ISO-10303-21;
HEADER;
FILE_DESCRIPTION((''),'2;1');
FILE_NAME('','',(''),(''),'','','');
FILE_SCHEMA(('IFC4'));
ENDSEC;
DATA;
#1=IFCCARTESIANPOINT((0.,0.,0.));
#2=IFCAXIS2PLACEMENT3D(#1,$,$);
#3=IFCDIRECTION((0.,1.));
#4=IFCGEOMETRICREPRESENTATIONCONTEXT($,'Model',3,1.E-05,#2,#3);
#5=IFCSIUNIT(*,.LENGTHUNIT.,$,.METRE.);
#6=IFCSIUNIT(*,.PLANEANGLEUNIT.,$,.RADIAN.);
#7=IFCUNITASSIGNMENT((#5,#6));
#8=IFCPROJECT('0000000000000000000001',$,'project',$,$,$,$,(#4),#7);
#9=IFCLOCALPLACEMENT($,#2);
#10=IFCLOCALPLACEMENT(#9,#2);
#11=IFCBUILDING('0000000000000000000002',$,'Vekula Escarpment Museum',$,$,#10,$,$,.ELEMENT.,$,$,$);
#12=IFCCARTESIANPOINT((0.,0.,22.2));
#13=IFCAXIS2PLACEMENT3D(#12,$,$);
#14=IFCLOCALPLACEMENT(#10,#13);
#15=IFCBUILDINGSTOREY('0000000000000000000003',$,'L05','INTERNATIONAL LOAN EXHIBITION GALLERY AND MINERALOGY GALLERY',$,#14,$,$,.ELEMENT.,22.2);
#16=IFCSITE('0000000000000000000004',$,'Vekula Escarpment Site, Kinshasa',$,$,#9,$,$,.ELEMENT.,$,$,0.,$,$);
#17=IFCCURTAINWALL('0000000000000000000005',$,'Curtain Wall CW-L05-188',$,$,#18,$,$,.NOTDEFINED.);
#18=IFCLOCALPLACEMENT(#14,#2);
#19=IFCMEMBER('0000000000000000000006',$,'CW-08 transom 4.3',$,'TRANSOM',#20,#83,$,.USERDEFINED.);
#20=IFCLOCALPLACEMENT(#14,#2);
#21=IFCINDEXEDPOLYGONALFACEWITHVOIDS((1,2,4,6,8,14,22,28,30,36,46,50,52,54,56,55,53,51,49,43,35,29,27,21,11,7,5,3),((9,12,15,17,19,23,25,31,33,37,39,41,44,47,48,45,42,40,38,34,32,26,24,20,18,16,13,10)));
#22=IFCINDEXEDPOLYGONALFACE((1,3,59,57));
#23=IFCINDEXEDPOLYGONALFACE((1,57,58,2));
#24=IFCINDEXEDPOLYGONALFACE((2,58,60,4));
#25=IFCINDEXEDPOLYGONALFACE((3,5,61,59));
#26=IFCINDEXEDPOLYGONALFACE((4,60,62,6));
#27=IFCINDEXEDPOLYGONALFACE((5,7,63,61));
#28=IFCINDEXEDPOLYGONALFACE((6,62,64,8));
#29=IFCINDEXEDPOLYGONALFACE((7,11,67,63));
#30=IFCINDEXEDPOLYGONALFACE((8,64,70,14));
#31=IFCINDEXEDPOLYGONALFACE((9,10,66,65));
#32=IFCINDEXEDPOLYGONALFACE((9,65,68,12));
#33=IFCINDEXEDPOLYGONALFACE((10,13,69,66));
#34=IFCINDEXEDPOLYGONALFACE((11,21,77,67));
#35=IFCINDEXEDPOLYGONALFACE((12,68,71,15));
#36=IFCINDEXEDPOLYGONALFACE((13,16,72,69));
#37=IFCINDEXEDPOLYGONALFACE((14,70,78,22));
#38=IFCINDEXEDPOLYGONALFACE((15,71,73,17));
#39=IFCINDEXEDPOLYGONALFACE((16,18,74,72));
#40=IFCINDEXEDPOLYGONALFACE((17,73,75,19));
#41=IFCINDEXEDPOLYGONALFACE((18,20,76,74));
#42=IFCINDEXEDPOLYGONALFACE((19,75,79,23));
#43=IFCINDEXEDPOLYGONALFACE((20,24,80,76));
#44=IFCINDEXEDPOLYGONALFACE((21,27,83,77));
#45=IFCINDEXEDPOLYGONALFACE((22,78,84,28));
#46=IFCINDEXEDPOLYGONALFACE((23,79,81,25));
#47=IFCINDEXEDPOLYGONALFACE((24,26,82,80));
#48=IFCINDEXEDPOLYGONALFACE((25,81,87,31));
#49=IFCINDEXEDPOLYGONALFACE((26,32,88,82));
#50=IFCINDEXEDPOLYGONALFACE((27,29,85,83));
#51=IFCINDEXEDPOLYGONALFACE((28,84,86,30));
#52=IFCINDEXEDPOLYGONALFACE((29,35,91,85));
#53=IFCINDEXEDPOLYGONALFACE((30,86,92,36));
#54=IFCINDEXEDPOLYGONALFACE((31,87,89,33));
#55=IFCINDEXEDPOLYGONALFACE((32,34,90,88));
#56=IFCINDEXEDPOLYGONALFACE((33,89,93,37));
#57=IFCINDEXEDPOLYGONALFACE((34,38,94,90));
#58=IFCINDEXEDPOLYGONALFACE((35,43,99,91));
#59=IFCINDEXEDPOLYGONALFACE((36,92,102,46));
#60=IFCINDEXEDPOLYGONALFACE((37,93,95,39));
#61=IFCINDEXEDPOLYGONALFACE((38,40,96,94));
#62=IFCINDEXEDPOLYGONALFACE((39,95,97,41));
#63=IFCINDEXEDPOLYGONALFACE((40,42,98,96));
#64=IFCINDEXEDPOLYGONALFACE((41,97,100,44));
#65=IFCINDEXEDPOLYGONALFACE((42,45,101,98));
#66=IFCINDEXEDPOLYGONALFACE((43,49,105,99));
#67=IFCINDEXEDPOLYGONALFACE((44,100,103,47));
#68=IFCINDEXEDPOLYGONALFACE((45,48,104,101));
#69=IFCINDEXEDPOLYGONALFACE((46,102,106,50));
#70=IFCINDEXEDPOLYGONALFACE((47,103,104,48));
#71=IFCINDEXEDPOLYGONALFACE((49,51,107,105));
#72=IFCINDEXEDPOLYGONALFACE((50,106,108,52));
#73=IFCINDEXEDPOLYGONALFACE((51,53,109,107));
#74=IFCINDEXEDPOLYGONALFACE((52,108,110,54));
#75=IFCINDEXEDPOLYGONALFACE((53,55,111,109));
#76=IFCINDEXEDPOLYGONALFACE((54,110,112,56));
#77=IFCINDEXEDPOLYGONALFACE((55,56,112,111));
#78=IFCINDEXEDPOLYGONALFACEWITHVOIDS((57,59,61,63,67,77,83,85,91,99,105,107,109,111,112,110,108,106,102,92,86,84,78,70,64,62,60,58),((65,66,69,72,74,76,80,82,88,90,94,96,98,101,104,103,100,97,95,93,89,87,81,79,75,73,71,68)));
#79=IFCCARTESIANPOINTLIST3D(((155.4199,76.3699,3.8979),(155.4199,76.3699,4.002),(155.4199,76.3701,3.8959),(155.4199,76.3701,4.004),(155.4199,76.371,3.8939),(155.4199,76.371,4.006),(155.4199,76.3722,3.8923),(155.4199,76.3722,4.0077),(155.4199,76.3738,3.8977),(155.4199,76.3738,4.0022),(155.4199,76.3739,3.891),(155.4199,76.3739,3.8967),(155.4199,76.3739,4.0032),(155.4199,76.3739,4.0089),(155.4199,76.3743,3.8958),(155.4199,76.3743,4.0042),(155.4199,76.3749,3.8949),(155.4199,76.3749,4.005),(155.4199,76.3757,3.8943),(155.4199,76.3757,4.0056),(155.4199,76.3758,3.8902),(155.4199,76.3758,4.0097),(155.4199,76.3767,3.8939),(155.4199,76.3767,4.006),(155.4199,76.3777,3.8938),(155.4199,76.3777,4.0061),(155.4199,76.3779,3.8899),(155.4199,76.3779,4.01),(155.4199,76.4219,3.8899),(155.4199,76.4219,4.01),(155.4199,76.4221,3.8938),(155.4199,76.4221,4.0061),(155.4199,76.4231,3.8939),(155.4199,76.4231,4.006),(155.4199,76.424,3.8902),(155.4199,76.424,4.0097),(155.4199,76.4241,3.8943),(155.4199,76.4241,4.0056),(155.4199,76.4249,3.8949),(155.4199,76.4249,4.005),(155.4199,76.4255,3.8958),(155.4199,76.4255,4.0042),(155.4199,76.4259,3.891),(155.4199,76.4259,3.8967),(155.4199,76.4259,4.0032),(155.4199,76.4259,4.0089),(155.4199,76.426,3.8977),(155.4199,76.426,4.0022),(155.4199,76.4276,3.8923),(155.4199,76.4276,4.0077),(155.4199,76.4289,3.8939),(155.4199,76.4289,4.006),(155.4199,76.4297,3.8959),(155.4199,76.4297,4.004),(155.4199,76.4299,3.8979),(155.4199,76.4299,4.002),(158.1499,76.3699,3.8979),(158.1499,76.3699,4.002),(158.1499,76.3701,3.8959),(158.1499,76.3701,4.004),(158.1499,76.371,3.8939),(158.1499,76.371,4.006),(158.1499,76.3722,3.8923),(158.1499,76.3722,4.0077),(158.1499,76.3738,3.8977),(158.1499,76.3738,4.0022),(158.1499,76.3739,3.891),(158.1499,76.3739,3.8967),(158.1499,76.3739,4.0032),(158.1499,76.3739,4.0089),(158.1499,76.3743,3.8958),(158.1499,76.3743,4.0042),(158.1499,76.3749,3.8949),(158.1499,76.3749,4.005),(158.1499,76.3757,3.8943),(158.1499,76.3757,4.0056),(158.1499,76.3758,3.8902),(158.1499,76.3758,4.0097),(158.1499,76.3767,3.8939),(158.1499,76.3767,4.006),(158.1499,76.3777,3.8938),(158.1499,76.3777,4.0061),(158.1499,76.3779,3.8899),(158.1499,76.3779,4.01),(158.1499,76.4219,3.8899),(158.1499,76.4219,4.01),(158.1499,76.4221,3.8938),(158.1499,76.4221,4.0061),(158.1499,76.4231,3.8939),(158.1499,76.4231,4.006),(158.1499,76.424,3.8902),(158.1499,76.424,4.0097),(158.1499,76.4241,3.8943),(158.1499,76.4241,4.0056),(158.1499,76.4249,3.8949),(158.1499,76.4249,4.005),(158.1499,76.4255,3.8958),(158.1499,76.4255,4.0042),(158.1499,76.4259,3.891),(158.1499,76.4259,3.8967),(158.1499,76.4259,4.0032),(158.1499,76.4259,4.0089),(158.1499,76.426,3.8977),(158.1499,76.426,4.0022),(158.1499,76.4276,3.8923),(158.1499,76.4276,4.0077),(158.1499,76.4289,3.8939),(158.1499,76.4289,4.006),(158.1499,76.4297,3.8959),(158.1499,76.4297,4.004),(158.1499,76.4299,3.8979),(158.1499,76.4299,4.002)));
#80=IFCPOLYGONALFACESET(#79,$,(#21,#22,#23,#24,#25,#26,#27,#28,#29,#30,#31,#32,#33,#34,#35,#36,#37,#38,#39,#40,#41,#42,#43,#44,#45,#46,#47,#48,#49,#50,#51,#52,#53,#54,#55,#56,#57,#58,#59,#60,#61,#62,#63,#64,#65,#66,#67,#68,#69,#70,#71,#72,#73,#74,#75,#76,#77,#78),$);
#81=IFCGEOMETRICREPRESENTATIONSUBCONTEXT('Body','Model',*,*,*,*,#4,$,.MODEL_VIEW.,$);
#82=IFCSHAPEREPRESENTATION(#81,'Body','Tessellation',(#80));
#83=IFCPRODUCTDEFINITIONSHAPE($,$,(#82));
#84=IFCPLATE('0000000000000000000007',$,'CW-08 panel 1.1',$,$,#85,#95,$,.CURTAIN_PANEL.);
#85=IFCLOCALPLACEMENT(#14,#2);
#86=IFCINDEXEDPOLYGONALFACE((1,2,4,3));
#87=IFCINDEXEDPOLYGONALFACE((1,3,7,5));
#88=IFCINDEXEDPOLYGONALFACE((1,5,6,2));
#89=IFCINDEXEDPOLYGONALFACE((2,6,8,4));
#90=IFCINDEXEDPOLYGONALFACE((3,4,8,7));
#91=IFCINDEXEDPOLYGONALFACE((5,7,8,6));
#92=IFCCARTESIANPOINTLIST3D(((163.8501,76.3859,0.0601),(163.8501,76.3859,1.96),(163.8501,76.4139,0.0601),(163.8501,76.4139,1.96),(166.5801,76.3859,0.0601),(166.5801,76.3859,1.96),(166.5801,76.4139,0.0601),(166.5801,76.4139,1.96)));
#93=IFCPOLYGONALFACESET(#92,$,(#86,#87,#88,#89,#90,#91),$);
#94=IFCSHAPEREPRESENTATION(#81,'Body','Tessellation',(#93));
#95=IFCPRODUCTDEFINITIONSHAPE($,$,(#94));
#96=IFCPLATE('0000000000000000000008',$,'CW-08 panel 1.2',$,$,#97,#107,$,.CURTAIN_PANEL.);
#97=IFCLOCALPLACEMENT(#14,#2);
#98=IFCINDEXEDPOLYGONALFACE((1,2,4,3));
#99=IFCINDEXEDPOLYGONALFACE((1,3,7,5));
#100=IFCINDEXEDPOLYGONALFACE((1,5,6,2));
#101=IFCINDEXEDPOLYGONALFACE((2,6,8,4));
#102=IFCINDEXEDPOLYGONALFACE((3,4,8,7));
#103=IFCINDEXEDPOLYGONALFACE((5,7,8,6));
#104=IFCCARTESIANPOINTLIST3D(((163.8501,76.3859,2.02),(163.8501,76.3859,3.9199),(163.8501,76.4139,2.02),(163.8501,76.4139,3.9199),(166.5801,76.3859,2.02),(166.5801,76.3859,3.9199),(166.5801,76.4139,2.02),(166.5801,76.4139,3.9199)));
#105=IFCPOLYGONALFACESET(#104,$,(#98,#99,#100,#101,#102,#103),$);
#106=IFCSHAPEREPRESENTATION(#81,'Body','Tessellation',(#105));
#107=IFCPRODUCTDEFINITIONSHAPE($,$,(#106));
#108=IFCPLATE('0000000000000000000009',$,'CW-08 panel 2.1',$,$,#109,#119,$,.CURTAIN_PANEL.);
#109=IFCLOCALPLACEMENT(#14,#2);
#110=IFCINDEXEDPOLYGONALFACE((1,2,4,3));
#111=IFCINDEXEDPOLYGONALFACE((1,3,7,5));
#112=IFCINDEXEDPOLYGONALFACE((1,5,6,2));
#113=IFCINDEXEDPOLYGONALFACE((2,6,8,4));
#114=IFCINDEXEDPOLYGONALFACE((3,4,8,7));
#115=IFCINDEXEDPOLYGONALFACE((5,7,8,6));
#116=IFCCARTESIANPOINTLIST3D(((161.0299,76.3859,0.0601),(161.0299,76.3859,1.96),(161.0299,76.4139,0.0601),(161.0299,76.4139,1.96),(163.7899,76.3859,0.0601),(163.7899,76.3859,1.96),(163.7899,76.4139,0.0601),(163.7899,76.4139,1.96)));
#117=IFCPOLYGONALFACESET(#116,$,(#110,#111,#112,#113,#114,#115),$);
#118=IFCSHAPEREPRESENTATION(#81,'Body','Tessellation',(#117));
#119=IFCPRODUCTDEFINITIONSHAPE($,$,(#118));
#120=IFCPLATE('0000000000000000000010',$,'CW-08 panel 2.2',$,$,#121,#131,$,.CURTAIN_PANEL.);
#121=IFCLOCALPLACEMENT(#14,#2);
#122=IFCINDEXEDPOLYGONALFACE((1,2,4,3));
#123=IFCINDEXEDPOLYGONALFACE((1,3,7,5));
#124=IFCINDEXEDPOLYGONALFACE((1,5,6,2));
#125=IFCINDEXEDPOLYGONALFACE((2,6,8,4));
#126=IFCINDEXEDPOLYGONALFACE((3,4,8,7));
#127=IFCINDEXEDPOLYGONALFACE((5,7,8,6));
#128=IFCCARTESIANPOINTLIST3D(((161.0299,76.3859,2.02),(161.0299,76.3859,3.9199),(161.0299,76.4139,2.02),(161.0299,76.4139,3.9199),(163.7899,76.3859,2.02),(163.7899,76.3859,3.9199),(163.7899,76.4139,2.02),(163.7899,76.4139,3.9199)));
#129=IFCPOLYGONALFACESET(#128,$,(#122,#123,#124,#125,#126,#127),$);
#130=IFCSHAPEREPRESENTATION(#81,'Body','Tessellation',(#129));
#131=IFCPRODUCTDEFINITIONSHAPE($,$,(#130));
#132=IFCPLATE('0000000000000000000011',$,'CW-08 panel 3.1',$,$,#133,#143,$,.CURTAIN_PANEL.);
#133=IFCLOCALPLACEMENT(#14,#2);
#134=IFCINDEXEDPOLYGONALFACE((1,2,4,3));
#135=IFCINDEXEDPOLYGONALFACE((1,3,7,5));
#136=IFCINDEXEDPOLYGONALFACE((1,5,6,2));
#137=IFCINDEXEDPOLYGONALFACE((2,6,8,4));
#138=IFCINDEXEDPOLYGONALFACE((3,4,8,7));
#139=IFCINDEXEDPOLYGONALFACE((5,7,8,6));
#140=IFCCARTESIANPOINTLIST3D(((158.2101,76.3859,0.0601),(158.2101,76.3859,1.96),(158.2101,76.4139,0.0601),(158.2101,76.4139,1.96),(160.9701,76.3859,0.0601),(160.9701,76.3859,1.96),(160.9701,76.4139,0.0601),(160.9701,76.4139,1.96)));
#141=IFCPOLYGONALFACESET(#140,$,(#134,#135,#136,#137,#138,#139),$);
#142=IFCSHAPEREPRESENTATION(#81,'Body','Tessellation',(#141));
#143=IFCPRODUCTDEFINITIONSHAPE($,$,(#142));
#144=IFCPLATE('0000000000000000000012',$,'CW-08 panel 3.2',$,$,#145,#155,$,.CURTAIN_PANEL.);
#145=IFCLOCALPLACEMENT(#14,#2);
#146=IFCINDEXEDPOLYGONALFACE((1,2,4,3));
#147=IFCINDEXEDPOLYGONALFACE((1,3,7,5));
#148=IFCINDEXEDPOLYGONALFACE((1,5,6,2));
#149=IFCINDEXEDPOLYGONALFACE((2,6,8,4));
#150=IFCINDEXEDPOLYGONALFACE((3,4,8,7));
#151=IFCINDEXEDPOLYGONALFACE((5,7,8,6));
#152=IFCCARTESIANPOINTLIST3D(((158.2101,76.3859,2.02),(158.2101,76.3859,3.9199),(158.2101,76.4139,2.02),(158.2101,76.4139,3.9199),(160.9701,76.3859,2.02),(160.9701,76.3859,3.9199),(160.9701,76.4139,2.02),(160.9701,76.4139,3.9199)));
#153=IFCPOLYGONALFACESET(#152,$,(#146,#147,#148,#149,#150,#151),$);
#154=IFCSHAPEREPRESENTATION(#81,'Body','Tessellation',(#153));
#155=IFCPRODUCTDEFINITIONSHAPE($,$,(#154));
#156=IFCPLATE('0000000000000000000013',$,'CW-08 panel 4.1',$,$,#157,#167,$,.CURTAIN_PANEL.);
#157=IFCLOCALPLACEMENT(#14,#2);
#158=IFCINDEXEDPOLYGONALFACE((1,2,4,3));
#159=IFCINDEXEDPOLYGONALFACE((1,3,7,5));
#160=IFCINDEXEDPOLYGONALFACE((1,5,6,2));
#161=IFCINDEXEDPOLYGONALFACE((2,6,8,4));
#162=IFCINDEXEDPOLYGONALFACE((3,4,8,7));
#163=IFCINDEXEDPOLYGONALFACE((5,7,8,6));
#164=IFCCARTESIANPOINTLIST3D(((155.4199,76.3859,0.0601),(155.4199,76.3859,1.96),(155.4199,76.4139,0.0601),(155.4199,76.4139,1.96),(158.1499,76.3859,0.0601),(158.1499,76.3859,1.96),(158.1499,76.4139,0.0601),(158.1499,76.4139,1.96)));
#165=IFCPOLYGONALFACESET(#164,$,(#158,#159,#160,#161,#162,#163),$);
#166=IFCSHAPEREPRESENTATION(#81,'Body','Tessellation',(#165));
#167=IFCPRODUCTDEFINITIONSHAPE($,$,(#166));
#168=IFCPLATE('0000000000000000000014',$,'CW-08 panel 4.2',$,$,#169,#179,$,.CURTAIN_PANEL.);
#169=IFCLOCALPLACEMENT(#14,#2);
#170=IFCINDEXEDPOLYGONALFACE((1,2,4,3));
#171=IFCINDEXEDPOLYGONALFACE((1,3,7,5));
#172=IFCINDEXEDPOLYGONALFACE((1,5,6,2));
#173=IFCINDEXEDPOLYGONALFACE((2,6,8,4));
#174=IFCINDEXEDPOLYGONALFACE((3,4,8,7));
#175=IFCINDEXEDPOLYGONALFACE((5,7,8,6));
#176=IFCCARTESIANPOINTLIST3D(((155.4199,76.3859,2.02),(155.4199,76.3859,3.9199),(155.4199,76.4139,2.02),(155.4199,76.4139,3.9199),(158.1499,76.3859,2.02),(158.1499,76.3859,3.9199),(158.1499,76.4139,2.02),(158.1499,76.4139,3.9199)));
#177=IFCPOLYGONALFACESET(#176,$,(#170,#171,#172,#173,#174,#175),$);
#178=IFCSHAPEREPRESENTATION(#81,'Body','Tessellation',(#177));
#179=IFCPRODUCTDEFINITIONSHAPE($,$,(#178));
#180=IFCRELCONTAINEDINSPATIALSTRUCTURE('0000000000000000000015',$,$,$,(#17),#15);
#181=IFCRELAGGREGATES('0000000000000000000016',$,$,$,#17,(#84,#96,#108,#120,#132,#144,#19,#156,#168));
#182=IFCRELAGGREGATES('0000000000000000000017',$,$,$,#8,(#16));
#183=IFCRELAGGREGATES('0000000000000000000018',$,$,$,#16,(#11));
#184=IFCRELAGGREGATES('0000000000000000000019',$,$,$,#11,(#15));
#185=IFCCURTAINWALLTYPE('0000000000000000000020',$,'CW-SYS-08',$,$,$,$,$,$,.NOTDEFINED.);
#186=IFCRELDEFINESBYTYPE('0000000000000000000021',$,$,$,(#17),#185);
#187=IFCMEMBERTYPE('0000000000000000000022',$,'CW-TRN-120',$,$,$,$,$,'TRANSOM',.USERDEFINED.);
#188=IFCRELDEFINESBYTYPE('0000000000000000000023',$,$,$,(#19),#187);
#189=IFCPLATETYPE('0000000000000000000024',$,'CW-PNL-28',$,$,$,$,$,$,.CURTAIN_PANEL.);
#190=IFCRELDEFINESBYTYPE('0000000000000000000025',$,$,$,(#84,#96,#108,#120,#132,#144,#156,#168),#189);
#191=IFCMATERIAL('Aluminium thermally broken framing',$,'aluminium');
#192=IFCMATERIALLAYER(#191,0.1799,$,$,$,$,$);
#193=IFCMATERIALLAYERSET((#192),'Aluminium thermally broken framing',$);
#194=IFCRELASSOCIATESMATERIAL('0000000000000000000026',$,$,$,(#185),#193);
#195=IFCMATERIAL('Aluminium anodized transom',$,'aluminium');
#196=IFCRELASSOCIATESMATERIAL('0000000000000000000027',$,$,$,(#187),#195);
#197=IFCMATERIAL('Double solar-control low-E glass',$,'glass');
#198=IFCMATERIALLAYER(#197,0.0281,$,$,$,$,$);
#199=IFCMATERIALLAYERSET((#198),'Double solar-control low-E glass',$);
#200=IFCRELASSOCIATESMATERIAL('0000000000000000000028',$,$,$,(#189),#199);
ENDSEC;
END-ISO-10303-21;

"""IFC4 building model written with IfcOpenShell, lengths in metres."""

from ifc_helpers import new_model, si_unit, direction, frame, origin, origin_2d, place, context, subcontext, project, spatial, rectangle, hollow_rectangle, extrude, material, layer, layer_set, material_profile, profile_set, type_object, element, aggregate, save


model = new_model("IFC4")

# Units and contexts
model_context = context("Model", 3, precision=1e-05, world=origin(), true_north=direction((0.0, 1.0)))
body_context = subcontext(model_context, "Body", "Model", "MODEL_VIEW")
ifc_project = project(units=[si_unit("LENGTHUNIT", "METRE"), si_unit("PLANEANGLEUNIT", "RADIAN")], contexts=[model_context])

# Site, building, storey
site_placement = place(None, origin())
site = spatial("IfcSite", under=ifc_project, at=site_placement, Name="Vekula Escarpment Site, Kinshasa", CompositionType="ELEMENT", RefElevation=0.0)
building_placement = place(site_placement, origin())
building = spatial("IfcBuilding", under=site, at=building_placement, Name="Vekula Escarpment Museum", CompositionType="ELEMENT")
storey_placement = place(building_placement, frame((0.0, 0.0, 22.2)))
storey = spatial("IfcBuildingStorey", under=building, at=storey_placement, Name="L05", Description="INTERNATIONAL LOAN EXHIBITION GALLERY AND MINERALOGY GALLERY", CompositionType="ELEMENT", Elevation=22.2)

# Curtain wall, member, plates
ifc_material_1 = material(Name="Aluminium thermally broken framing", Category="aluminium")
ifc_layer_1 = layer(ifc_material_1, 0.1799)
ifc_layer_set_1 = layer_set([ifc_layer_1], Name="Aluminium thermally broken framing")
curtain_wall_type = type_object("IfcCurtainWallType", Name="CW-SYS-08", PredefinedType="NOTDEFINED", material=ifc_layer_set_1)
curtain_wall_placement = place(storey_placement, origin())
curtain_wall = element("IfcCurtainWall", 1, at=curtain_wall_placement, inside=storey, type_object=curtain_wall_type, Name="Curtain Wall CW-L05-188", PredefinedType="NOTDEFINED")
ifc_material_2 = material(Name="Aluminium anodized transom", Category="aluminium")
ifc_material_profile_1 = material_profile(ifc_material_2, hollow_rectangle(XDim=0.0601, YDim=0.1201, WallThickness=0.0039, InnerFilletRadius=0.0039, OuterFilletRadius=0.0081, at=origin_2d()), Name="ALU 120x60x4")
ifc_profile_set_1 = profile_set([ifc_material_profile_1], Name="Aluminium anodized transom")
member_type_1 = type_object("IfcMemberType", Name="CW-TRN-120", ElementType="TRANSOM", PredefinedType="USERDEFINED", material=ifc_profile_set_1)
member_1_placement = place(storey_placement, frame((158.1499, 76.3999, 3.95), z_axis=(-1.0, 0.0, 0.0), x_axis=(0.0, -1.0, 0.0)))
member_1 = element("IfcMember", 2, at=member_1_placement, type_object=member_type_1, Name="CW-08 transom 4.3", ObjectType="TRANSOM", PredefinedType="USERDEFINED", context=body_context, shape_type="SweptSolid", body=[
    extrude(hollow_rectangle(XDim=0.0601, YDim=0.1201, WallThickness=0.0039, InnerFilletRadius=0.0039, OuterFilletRadius=0.0081, at=origin_2d()), origin(), (0.0, 0.0, 1.0), 2.73),
])
ifc_material_3 = material(Name="Double solar-control low-E glass", Category="glass")
ifc_layer_2 = layer(ifc_material_3, 0.0281)
ifc_layer_set_2 = layer_set([ifc_layer_2], Name="Double solar-control low-E glass")
plate_type = type_object("IfcPlateType", Name="CW-PNL-28", PredefinedType="CURTAIN_PANEL", material=ifc_layer_set_2)
plate_1_placement = place(storey_placement, frame((165.2151, 76.3999, 0.0601), z_axis=(0.0, 0.0, 1.0), x_axis=(-1.0, 0.0, 0.0)))
plate_1 = element("IfcPlate", 3, at=plate_1_placement, type_object=plate_type, Name="CW-08 panel 1.1", PredefinedType="CURTAIN_PANEL", context=body_context, shape_type="SweptSolid", body=[
    extrude(rectangle(XDim=2.73, YDim=0.0281, at=origin_2d()), origin(), (0.0, 0.0, 1.0), 1.8999),
])
plate_2_placement = place(storey_placement, frame((165.2151, 76.3999, 2.02), z_axis=(0.0, 0.0, 1.0), x_axis=(-1.0, 0.0, 0.0)))
plate_2 = element("IfcPlate", 4, at=plate_2_placement, type_object=plate_type, Name="CW-08 panel 1.2", PredefinedType="CURTAIN_PANEL", context=body_context, shape_type="SweptSolid", body=[
    extrude(rectangle(XDim=2.73, YDim=0.0281, at=origin_2d()), origin(), (0.0, 0.0, 1.0), 1.8999),
])
plate_3_placement = place(storey_placement, frame((162.4099, 76.3999, 0.0601), z_axis=(0.0, 0.0, 1.0), x_axis=(-1.0, 0.0, 0.0)))
plate_3 = element("IfcPlate", 5, at=plate_3_placement, type_object=plate_type, Name="CW-08 panel 2.1", PredefinedType="CURTAIN_PANEL", context=body_context, shape_type="SweptSolid", body=[
    extrude(rectangle(XDim=2.76, YDim=0.0281, at=origin_2d()), origin(), (0.0, 0.0, 1.0), 1.8999),
])
plate_4_placement = place(storey_placement, frame((162.4099, 76.3999, 2.02), z_axis=(0.0, 0.0, 1.0), x_axis=(-1.0, 0.0, 0.0)))
plate_4 = element("IfcPlate", 6, at=plate_4_placement, type_object=plate_type, Name="CW-08 panel 2.2", PredefinedType="CURTAIN_PANEL", context=body_context, shape_type="SweptSolid", body=[
    extrude(rectangle(XDim=2.76, YDim=0.0281, at=origin_2d()), origin(), (0.0, 0.0, 1.0), 1.8999),
])
plate_5_placement = place(storey_placement, frame((159.5901, 76.3999, 0.0601), z_axis=(0.0, 0.0, 1.0), x_axis=(-1.0, 0.0, 0.0)))
plate_5 = element("IfcPlate", 7, at=plate_5_placement, type_object=plate_type, Name="CW-08 panel 3.1", PredefinedType="CURTAIN_PANEL", context=body_context, shape_type="SweptSolid", body=[
    extrude(rectangle(XDim=2.76, YDim=0.0281, at=origin_2d()), origin(), (0.0, 0.0, 1.0), 1.8999),
])
plate_6_placement = place(storey_placement, frame((159.5901, 76.3999, 2.02), z_axis=(0.0, 0.0, 1.0), x_axis=(-1.0, 0.0, 0.0)))
plate_6 = element("IfcPlate", 8, at=plate_6_placement, type_object=plate_type, Name="CW-08 panel 3.2", PredefinedType="CURTAIN_PANEL", context=body_context, shape_type="SweptSolid", body=[
    extrude(rectangle(XDim=2.76, YDim=0.0281, at=origin_2d()), origin(), (0.0, 0.0, 1.0), 1.8999),
])
plate_7_placement = place(storey_placement, frame((156.7849, 76.3999, 0.0601), z_axis=(0.0, 0.0, 1.0), x_axis=(-1.0, 0.0, 0.0)))
plate_7 = element("IfcPlate", 9, at=plate_7_placement, type_object=plate_type, Name="CW-08 panel 4.1", PredefinedType="CURTAIN_PANEL", context=body_context, shape_type="SweptSolid", body=[
    extrude(rectangle(XDim=2.73, YDim=0.0281, at=origin_2d()), origin(), (0.0, 0.0, 1.0), 1.8999),
])
plate_8_placement = place(storey_placement, frame((156.7849, 76.3999, 2.02), z_axis=(0.0, 0.0, 1.0), x_axis=(-1.0, 0.0, 0.0)))
plate_8 = element("IfcPlate", 10, at=plate_8_placement, type_object=plate_type, Name="CW-08 panel 4.2", PredefinedType="CURTAIN_PANEL", context=body_context, shape_type="SweptSolid", body=[
    extrude(rectangle(XDim=2.73, YDim=0.0281, at=origin_2d()), origin(), (0.0, 0.0, 1.0), 1.8999),
])
aggregate(curtain_wall, [plate_1, plate_2, plate_3, plate_4, plate_5, plate_6, member_1, plate_7, plate_8])

save(model, "model.ifc")
